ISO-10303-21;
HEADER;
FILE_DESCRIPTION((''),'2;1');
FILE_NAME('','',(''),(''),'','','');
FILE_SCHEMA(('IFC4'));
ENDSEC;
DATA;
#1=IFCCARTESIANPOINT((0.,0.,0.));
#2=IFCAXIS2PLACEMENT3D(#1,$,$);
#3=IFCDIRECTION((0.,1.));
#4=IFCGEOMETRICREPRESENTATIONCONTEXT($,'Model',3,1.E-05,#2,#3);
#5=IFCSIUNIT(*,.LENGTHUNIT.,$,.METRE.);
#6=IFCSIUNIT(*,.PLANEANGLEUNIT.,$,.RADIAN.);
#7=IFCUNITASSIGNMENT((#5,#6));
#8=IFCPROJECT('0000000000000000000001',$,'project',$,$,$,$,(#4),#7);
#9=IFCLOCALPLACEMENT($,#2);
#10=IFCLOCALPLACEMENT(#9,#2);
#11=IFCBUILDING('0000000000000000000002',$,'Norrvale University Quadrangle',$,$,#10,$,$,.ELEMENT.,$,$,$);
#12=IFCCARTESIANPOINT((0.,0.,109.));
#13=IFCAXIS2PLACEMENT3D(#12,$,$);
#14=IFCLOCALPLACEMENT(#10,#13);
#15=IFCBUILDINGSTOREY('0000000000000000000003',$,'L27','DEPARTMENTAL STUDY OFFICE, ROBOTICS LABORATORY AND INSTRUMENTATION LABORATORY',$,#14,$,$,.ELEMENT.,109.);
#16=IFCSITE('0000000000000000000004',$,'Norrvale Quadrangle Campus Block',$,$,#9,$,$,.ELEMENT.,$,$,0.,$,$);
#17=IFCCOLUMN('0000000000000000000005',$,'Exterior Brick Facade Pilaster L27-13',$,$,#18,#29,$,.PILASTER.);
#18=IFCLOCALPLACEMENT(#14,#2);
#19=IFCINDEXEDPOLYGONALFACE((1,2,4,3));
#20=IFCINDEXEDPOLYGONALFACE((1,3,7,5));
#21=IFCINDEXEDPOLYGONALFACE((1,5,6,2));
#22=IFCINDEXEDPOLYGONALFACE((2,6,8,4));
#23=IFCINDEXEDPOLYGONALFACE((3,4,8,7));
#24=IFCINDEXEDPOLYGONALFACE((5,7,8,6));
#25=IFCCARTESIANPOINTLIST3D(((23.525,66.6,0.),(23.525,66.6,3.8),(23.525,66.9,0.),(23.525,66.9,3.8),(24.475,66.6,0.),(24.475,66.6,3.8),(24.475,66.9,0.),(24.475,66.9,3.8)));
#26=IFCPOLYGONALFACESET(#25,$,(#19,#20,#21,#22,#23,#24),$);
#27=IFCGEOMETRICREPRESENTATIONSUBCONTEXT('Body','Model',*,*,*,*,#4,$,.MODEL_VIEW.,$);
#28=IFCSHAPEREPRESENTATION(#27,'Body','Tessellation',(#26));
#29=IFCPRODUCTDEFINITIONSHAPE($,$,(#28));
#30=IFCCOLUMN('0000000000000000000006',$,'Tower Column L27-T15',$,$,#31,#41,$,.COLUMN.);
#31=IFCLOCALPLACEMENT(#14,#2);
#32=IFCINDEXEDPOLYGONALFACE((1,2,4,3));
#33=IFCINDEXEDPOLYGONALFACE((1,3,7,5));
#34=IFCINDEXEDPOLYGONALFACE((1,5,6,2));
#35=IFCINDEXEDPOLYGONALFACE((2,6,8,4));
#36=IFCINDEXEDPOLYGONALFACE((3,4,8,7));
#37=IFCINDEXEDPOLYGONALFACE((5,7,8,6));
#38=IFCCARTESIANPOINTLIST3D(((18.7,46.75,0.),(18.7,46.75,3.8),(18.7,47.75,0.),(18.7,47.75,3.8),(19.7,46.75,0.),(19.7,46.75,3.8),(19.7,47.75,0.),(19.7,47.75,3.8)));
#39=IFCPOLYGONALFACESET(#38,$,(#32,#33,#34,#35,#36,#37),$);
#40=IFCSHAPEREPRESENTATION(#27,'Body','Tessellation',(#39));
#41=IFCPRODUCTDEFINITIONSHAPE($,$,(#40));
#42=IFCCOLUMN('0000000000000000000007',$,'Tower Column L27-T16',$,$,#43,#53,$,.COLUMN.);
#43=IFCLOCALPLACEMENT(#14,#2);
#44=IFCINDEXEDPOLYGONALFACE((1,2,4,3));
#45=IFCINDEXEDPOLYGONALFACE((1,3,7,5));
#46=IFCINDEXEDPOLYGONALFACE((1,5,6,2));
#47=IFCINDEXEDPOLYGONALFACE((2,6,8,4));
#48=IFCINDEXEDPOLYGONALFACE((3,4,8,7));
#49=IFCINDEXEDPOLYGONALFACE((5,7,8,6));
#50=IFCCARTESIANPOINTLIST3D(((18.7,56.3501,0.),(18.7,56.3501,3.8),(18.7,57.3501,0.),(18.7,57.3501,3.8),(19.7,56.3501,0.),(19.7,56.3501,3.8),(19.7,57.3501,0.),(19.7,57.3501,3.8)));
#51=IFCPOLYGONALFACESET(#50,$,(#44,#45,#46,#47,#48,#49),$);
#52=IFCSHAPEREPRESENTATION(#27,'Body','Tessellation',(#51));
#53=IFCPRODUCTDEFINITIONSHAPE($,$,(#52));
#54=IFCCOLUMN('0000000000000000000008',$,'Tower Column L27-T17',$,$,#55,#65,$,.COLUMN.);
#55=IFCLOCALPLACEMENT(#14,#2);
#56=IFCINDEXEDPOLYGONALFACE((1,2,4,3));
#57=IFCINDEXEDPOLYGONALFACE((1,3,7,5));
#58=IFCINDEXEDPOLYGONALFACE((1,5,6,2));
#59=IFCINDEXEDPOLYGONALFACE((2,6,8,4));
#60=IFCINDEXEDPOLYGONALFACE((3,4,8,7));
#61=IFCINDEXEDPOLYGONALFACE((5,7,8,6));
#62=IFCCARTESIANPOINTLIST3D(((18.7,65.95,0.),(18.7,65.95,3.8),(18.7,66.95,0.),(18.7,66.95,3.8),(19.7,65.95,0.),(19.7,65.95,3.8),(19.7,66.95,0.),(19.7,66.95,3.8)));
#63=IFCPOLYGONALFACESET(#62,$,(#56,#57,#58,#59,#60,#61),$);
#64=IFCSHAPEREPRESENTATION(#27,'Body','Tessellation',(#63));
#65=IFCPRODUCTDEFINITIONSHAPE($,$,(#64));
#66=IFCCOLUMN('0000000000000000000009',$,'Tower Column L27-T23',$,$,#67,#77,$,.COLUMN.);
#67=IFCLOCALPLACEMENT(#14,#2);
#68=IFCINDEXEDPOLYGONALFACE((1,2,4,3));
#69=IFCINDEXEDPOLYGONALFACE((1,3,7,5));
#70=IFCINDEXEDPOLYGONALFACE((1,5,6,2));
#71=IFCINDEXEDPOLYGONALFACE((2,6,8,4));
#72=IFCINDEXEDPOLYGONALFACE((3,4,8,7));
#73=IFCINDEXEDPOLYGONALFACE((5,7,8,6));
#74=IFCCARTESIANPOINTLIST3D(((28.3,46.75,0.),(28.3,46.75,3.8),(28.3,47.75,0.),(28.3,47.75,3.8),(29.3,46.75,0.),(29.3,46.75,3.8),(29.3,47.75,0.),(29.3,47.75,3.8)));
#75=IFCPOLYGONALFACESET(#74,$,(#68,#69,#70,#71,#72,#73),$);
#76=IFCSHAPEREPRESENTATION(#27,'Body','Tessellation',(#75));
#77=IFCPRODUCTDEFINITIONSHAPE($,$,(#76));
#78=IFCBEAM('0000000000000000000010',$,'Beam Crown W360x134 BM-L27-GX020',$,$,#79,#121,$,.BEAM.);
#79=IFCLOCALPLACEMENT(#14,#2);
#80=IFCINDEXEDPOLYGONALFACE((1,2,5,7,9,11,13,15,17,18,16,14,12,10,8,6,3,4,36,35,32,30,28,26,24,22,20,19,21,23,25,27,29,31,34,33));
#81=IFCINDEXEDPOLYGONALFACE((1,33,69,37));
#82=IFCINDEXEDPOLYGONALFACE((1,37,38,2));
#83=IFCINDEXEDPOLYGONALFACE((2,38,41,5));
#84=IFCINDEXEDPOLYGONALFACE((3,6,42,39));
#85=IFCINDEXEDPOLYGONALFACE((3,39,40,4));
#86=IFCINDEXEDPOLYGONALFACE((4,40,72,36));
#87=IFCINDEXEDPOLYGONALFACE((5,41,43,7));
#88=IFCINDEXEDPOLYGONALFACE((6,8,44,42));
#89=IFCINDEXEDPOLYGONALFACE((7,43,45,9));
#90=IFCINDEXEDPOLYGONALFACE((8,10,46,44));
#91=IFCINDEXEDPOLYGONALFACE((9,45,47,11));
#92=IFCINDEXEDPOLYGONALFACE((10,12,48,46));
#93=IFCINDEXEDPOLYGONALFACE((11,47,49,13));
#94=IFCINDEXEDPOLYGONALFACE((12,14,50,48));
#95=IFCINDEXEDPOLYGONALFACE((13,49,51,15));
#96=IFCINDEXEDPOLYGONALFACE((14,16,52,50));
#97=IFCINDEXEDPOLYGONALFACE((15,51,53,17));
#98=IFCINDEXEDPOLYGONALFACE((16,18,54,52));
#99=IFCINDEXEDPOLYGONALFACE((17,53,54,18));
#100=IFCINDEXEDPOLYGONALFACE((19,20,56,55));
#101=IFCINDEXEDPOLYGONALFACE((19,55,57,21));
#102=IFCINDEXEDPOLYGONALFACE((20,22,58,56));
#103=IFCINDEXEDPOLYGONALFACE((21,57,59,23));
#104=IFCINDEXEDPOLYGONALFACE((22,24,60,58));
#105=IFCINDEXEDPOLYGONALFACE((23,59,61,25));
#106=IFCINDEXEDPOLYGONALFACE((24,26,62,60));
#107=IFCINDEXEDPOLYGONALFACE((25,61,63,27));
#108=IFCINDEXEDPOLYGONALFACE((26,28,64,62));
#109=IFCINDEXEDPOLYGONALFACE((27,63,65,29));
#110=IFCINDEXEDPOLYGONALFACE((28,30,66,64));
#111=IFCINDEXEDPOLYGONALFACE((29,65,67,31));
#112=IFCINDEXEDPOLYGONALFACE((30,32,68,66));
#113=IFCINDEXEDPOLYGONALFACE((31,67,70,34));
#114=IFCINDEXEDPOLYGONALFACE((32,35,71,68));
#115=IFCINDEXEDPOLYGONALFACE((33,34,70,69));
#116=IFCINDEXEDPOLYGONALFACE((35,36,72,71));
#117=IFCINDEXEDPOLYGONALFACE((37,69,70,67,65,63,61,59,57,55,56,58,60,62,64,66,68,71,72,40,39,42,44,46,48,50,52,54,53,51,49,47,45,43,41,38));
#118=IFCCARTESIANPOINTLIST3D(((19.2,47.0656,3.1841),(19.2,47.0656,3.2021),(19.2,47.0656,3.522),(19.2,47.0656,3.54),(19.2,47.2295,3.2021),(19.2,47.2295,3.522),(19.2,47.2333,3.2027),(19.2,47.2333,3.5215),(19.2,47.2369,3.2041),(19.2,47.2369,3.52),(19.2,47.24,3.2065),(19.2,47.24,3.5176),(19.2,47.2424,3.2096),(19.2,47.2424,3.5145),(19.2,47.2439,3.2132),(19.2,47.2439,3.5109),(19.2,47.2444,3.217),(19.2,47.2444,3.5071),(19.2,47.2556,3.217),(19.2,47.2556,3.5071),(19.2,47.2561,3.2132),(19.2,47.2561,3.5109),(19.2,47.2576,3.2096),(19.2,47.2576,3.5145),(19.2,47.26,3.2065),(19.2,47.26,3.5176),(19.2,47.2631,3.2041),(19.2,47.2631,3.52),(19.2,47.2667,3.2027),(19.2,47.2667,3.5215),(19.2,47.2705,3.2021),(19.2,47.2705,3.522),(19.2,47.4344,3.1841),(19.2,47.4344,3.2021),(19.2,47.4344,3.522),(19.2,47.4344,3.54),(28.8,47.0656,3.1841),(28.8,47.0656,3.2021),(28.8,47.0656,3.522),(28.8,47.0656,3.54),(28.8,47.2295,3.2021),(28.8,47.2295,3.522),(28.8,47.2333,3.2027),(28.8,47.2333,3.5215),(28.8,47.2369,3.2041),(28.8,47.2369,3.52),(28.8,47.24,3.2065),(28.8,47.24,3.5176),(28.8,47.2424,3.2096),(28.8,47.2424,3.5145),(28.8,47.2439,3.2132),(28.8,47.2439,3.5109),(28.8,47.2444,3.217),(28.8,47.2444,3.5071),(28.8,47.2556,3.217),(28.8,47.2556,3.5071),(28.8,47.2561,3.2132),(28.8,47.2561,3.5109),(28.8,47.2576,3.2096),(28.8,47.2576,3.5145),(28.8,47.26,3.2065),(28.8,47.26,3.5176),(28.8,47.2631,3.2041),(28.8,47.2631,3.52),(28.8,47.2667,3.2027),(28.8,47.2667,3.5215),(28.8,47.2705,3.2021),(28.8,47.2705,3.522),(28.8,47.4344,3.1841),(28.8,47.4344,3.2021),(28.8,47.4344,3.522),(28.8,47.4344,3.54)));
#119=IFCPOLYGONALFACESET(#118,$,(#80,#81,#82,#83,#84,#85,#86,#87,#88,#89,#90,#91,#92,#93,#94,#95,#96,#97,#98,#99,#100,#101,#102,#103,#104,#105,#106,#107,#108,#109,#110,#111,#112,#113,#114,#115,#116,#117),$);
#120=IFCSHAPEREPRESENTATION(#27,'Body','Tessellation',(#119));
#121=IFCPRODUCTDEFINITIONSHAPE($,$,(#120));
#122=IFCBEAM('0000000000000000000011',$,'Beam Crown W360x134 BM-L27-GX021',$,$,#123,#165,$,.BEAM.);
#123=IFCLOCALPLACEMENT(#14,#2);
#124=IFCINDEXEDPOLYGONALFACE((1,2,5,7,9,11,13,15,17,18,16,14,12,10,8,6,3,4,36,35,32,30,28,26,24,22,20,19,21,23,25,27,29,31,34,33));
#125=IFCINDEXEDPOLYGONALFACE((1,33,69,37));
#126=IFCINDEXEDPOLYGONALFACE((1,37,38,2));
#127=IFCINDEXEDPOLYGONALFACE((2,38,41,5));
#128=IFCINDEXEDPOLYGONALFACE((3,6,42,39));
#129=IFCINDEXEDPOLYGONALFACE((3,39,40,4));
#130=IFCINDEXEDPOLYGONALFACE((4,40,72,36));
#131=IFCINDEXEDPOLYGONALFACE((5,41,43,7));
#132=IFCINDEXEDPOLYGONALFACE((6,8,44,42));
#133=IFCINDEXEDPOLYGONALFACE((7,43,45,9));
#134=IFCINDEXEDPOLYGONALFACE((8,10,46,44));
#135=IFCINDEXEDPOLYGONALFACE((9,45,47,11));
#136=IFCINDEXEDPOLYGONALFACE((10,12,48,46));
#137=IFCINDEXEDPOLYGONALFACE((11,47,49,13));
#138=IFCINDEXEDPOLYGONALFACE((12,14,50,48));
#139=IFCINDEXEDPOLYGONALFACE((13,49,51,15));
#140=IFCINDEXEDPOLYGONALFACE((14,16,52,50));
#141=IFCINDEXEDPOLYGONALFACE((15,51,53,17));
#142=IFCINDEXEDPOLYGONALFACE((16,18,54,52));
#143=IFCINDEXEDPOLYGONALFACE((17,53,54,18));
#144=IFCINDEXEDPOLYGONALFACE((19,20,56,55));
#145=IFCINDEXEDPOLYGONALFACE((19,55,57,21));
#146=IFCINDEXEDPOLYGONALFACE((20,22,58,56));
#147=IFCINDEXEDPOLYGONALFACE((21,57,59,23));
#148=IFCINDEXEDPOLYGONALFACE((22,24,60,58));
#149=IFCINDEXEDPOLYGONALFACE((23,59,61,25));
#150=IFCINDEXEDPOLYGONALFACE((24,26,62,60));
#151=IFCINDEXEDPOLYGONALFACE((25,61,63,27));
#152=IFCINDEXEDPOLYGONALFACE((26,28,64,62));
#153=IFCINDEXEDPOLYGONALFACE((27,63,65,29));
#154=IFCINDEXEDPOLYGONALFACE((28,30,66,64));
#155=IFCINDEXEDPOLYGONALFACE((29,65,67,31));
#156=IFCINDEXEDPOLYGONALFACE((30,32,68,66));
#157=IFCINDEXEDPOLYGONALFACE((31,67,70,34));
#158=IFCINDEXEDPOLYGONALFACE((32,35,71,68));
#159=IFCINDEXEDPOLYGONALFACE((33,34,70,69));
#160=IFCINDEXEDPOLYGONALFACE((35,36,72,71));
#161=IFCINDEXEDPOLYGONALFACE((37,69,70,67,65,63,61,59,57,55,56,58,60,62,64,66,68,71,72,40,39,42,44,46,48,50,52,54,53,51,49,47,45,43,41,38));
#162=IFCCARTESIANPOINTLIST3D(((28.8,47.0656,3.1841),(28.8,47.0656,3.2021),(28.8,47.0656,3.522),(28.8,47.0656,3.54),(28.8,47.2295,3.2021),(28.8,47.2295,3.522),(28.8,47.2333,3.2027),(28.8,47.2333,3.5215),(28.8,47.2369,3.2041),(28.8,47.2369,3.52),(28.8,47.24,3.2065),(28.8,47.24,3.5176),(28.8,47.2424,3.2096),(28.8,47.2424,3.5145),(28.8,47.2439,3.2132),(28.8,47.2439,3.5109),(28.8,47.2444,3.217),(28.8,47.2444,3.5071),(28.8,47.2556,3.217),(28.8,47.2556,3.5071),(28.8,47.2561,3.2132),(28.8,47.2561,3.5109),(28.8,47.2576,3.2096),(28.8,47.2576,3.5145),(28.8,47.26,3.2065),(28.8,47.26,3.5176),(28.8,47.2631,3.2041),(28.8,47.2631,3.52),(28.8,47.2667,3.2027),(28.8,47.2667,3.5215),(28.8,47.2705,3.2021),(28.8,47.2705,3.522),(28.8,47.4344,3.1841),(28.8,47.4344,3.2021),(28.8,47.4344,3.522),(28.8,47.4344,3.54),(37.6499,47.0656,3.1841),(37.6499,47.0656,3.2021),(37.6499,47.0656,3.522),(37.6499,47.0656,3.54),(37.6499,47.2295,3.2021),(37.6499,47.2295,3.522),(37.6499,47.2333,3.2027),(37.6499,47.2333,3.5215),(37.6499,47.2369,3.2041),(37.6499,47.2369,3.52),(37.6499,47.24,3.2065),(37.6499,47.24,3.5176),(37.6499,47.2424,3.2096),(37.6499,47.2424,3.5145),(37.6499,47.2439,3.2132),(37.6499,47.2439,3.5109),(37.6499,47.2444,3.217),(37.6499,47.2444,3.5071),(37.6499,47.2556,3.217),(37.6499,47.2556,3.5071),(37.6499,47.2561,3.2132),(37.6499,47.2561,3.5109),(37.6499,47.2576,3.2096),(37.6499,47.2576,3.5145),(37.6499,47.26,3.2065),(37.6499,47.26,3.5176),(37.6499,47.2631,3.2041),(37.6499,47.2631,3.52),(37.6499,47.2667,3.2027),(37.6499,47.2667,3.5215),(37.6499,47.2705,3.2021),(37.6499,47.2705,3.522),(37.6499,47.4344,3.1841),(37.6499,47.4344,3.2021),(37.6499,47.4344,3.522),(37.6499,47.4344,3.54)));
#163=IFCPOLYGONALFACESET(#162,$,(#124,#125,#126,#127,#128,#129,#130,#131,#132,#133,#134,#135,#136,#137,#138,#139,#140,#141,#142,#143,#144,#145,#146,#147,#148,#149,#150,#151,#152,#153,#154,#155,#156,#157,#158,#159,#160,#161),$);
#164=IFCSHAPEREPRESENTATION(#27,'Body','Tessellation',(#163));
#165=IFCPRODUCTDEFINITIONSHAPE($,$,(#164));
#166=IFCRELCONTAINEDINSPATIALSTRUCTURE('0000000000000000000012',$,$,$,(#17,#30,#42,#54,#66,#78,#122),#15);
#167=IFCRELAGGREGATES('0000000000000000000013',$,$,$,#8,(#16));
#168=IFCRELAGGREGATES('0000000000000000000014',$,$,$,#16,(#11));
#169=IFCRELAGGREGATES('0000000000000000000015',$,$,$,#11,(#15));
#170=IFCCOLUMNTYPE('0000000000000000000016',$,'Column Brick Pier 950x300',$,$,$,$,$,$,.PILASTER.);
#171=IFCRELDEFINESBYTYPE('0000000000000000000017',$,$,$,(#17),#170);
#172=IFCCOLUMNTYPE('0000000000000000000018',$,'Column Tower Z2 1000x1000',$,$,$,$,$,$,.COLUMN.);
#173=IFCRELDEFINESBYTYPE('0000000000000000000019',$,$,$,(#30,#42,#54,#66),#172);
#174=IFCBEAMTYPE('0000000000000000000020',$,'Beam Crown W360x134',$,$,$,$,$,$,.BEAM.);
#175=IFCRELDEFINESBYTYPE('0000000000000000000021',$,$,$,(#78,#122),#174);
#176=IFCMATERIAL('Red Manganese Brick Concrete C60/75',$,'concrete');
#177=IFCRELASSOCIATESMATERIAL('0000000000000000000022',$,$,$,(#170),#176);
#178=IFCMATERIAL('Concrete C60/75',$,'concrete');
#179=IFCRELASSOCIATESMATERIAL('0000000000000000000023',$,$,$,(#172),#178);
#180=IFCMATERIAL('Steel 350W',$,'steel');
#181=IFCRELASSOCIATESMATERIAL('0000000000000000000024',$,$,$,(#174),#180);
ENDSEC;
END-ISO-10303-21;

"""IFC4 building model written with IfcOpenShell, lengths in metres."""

from ifc_helpers import new_model, si_unit, direction, frame, origin, origin_2d, place, context, subcontext, project, spatial, rectangle, i_section, extrude, material, material_profile, profile_set, type_object, element, save


model = new_model("IFC4")

# Units and contexts
model_context = context("Model", 3, precision=1e-05, world=origin(), true_north=direction((0.0, 1.0)))
body_context = subcontext(model_context, "Body", "Model", "MODEL_VIEW")
ifc_project = project(units=[si_unit("LENGTHUNIT", "METRE"), si_unit("PLANEANGLEUNIT", "RADIAN")], contexts=[model_context])

# Site, building, storey
site_placement = place(None, origin())
site = spatial("IfcSite", under=ifc_project, at=site_placement, Name="Norrvale Quadrangle Campus Block", CompositionType="ELEMENT", RefElevation=0.0)
building_placement = place(site_placement, origin())
building = spatial("IfcBuilding", under=site, at=building_placement, Name="Norrvale University Quadrangle", CompositionType="ELEMENT")
storey_placement = place(building_placement, frame((0.0, 0.0, 109.0)))
storey = spatial("IfcBuildingStorey", under=building, at=storey_placement, Name="L27", Description="DEPARTMENTAL STUDY OFFICE, ROBOTICS LABORATORY AND INSTRUMENTATION LABORATORY", CompositionType="ELEMENT", Elevation=109.0)

# Columns
ifc_material_1 = material(Name="Red Manganese Brick Concrete C60/75", Category="concrete")
ifc_material_profile_1 = material_profile(ifc_material_1, rectangle(XDim=0.95, YDim=0.3, at=origin_2d()), Name="Red Manganese Brick Concrete C60/75")
ifc_profile_set_1 = profile_set([ifc_material_profile_1], Name="Red Manganese Brick Concrete C60/75")
column_type_1 = type_object("IfcColumnType", Name="Column Brick Pier 950x300", PredefinedType="PILASTER", material=ifc_profile_set_1)
column_placement = place(storey_placement, frame((24.0, 66.75, 0.0), z_axis=(0.0, 0.0, 1.0), x_axis=(1.0, 0.0, 0.0)))
element("IfcColumn", 1, at=column_placement, inside=storey, type_object=column_type_1, Name="Exterior Brick Facade Pilaster L27-13", PredefinedType="PILASTER", context=body_context, shape_type="SweptSolid", body=[
    extrude(rectangle(XDim=0.95, YDim=0.3, at=origin_2d()), origin(), (0.0, 0.0, 1.0), 3.8),
])
ifc_material_2 = material(Name="Concrete C60/75", Category="concrete")
ifc_material_profile_2 = material_profile(ifc_material_2, rectangle(XDim=1.0, YDim=1.0, at=origin_2d()), Name="Concrete C60/75")
ifc_profile_set_2 = profile_set([ifc_material_profile_2], Name="Concrete C60/75")
column_type_2 = type_object("IfcColumnType", Name="Column Tower Z2 1000x1000", PredefinedType="COLUMN", material=ifc_profile_set_2)
for number, where, z_axis, x_axis, name in (
    (2, (19.2, 47.25, 0.0), (0.0, 0.0, 1.0), (1.0, 0.0, 0.0), "Tower Column L27-T15"),
    (3, (19.2, 56.8501, 0.0), (0.0, 0.0, 1.0), (1.0, 0.0, 0.0), "Tower Column L27-T16"),
    (4, (19.2, 66.45, 0.0), (0.0, 0.0, 1.0), (1.0, 0.0, 0.0), "Tower Column L27-T17"),
    (5, (28.8, 47.25, 0.0), (0.0, 0.0, 1.0), (1.0, 0.0, 0.0), "Tower Column L27-T23"),
):
    element("IfcColumn", number, at=place(storey_placement, frame(where, z_axis=z_axis, x_axis=x_axis)), inside=storey, type_object=column_type_2, Name=name, PredefinedType="COLUMN", context=body_context, shape_type="SweptSolid", body=[
        extrude(rectangle(XDim=1.0, YDim=1.0, at=origin_2d()), origin(), (0.0, 0.0, 1.0), 3.8),
    ])

# Beams
ifc_material_3 = material(Name="Steel 350W", Category="steel")
ifc_material_profile_3 = material_profile(ifc_material_3, i_section(OverallWidth=0.3689, OverallDepth=0.356, WebThickness=0.0112, FlangeThickness=0.0181, FilletRadius=0.0149, at=origin_2d()), Name="Steel 350W")
ifc_profile_set_3 = profile_set([ifc_material_profile_3], Name="Steel 350W")
beam_type_1 = type_object("IfcBeamType", Name="Beam Crown W360x134", PredefinedType="BEAM", material=ifc_profile_set_3)
beam_1_placement = place(storey_placement, frame((19.2, 47.25, 3.3621), z_axis=(1.0, 0.0, 0.0), x_axis=(0.0, 1.0, 0.0)))
element("IfcBeam", 6, at=beam_1_placement, inside=storey, type_object=beam_type_1, Name="Beam Crown W360x134 BM-L27-GX020", PredefinedType="BEAM", context=body_context, shape_type="SweptSolid", body=[
    extrude(i_section(OverallWidth=0.3689, OverallDepth=0.356, WebThickness=0.0112, FlangeThickness=0.0181, FilletRadius=0.0149, at=origin_2d()), origin(), (0.0, 0.0, 1.0), 9.6001),
])
beam_2_placement = place(storey_placement, frame((28.8, 47.25, 3.3621), z_axis=(1.0, 0.0, 0.0), x_axis=(0.0, 1.0, 0.0)))
element("IfcBeam", 7, at=beam_2_placement, inside=storey, type_object=beam_type_1, Name="Beam Crown W360x134 BM-L27-GX021", PredefinedType="BEAM", context=body_context, shape_type="SweptSolid", body=[
    extrude(i_section(OverallWidth=0.3689, OverallDepth=0.356, WebThickness=0.0112, FlangeThickness=0.0181, FilletRadius=0.0149, at=origin_2d()), origin(), (0.0, 0.0, 1.0), 8.8499),
])

save(model, "model.ifc")
